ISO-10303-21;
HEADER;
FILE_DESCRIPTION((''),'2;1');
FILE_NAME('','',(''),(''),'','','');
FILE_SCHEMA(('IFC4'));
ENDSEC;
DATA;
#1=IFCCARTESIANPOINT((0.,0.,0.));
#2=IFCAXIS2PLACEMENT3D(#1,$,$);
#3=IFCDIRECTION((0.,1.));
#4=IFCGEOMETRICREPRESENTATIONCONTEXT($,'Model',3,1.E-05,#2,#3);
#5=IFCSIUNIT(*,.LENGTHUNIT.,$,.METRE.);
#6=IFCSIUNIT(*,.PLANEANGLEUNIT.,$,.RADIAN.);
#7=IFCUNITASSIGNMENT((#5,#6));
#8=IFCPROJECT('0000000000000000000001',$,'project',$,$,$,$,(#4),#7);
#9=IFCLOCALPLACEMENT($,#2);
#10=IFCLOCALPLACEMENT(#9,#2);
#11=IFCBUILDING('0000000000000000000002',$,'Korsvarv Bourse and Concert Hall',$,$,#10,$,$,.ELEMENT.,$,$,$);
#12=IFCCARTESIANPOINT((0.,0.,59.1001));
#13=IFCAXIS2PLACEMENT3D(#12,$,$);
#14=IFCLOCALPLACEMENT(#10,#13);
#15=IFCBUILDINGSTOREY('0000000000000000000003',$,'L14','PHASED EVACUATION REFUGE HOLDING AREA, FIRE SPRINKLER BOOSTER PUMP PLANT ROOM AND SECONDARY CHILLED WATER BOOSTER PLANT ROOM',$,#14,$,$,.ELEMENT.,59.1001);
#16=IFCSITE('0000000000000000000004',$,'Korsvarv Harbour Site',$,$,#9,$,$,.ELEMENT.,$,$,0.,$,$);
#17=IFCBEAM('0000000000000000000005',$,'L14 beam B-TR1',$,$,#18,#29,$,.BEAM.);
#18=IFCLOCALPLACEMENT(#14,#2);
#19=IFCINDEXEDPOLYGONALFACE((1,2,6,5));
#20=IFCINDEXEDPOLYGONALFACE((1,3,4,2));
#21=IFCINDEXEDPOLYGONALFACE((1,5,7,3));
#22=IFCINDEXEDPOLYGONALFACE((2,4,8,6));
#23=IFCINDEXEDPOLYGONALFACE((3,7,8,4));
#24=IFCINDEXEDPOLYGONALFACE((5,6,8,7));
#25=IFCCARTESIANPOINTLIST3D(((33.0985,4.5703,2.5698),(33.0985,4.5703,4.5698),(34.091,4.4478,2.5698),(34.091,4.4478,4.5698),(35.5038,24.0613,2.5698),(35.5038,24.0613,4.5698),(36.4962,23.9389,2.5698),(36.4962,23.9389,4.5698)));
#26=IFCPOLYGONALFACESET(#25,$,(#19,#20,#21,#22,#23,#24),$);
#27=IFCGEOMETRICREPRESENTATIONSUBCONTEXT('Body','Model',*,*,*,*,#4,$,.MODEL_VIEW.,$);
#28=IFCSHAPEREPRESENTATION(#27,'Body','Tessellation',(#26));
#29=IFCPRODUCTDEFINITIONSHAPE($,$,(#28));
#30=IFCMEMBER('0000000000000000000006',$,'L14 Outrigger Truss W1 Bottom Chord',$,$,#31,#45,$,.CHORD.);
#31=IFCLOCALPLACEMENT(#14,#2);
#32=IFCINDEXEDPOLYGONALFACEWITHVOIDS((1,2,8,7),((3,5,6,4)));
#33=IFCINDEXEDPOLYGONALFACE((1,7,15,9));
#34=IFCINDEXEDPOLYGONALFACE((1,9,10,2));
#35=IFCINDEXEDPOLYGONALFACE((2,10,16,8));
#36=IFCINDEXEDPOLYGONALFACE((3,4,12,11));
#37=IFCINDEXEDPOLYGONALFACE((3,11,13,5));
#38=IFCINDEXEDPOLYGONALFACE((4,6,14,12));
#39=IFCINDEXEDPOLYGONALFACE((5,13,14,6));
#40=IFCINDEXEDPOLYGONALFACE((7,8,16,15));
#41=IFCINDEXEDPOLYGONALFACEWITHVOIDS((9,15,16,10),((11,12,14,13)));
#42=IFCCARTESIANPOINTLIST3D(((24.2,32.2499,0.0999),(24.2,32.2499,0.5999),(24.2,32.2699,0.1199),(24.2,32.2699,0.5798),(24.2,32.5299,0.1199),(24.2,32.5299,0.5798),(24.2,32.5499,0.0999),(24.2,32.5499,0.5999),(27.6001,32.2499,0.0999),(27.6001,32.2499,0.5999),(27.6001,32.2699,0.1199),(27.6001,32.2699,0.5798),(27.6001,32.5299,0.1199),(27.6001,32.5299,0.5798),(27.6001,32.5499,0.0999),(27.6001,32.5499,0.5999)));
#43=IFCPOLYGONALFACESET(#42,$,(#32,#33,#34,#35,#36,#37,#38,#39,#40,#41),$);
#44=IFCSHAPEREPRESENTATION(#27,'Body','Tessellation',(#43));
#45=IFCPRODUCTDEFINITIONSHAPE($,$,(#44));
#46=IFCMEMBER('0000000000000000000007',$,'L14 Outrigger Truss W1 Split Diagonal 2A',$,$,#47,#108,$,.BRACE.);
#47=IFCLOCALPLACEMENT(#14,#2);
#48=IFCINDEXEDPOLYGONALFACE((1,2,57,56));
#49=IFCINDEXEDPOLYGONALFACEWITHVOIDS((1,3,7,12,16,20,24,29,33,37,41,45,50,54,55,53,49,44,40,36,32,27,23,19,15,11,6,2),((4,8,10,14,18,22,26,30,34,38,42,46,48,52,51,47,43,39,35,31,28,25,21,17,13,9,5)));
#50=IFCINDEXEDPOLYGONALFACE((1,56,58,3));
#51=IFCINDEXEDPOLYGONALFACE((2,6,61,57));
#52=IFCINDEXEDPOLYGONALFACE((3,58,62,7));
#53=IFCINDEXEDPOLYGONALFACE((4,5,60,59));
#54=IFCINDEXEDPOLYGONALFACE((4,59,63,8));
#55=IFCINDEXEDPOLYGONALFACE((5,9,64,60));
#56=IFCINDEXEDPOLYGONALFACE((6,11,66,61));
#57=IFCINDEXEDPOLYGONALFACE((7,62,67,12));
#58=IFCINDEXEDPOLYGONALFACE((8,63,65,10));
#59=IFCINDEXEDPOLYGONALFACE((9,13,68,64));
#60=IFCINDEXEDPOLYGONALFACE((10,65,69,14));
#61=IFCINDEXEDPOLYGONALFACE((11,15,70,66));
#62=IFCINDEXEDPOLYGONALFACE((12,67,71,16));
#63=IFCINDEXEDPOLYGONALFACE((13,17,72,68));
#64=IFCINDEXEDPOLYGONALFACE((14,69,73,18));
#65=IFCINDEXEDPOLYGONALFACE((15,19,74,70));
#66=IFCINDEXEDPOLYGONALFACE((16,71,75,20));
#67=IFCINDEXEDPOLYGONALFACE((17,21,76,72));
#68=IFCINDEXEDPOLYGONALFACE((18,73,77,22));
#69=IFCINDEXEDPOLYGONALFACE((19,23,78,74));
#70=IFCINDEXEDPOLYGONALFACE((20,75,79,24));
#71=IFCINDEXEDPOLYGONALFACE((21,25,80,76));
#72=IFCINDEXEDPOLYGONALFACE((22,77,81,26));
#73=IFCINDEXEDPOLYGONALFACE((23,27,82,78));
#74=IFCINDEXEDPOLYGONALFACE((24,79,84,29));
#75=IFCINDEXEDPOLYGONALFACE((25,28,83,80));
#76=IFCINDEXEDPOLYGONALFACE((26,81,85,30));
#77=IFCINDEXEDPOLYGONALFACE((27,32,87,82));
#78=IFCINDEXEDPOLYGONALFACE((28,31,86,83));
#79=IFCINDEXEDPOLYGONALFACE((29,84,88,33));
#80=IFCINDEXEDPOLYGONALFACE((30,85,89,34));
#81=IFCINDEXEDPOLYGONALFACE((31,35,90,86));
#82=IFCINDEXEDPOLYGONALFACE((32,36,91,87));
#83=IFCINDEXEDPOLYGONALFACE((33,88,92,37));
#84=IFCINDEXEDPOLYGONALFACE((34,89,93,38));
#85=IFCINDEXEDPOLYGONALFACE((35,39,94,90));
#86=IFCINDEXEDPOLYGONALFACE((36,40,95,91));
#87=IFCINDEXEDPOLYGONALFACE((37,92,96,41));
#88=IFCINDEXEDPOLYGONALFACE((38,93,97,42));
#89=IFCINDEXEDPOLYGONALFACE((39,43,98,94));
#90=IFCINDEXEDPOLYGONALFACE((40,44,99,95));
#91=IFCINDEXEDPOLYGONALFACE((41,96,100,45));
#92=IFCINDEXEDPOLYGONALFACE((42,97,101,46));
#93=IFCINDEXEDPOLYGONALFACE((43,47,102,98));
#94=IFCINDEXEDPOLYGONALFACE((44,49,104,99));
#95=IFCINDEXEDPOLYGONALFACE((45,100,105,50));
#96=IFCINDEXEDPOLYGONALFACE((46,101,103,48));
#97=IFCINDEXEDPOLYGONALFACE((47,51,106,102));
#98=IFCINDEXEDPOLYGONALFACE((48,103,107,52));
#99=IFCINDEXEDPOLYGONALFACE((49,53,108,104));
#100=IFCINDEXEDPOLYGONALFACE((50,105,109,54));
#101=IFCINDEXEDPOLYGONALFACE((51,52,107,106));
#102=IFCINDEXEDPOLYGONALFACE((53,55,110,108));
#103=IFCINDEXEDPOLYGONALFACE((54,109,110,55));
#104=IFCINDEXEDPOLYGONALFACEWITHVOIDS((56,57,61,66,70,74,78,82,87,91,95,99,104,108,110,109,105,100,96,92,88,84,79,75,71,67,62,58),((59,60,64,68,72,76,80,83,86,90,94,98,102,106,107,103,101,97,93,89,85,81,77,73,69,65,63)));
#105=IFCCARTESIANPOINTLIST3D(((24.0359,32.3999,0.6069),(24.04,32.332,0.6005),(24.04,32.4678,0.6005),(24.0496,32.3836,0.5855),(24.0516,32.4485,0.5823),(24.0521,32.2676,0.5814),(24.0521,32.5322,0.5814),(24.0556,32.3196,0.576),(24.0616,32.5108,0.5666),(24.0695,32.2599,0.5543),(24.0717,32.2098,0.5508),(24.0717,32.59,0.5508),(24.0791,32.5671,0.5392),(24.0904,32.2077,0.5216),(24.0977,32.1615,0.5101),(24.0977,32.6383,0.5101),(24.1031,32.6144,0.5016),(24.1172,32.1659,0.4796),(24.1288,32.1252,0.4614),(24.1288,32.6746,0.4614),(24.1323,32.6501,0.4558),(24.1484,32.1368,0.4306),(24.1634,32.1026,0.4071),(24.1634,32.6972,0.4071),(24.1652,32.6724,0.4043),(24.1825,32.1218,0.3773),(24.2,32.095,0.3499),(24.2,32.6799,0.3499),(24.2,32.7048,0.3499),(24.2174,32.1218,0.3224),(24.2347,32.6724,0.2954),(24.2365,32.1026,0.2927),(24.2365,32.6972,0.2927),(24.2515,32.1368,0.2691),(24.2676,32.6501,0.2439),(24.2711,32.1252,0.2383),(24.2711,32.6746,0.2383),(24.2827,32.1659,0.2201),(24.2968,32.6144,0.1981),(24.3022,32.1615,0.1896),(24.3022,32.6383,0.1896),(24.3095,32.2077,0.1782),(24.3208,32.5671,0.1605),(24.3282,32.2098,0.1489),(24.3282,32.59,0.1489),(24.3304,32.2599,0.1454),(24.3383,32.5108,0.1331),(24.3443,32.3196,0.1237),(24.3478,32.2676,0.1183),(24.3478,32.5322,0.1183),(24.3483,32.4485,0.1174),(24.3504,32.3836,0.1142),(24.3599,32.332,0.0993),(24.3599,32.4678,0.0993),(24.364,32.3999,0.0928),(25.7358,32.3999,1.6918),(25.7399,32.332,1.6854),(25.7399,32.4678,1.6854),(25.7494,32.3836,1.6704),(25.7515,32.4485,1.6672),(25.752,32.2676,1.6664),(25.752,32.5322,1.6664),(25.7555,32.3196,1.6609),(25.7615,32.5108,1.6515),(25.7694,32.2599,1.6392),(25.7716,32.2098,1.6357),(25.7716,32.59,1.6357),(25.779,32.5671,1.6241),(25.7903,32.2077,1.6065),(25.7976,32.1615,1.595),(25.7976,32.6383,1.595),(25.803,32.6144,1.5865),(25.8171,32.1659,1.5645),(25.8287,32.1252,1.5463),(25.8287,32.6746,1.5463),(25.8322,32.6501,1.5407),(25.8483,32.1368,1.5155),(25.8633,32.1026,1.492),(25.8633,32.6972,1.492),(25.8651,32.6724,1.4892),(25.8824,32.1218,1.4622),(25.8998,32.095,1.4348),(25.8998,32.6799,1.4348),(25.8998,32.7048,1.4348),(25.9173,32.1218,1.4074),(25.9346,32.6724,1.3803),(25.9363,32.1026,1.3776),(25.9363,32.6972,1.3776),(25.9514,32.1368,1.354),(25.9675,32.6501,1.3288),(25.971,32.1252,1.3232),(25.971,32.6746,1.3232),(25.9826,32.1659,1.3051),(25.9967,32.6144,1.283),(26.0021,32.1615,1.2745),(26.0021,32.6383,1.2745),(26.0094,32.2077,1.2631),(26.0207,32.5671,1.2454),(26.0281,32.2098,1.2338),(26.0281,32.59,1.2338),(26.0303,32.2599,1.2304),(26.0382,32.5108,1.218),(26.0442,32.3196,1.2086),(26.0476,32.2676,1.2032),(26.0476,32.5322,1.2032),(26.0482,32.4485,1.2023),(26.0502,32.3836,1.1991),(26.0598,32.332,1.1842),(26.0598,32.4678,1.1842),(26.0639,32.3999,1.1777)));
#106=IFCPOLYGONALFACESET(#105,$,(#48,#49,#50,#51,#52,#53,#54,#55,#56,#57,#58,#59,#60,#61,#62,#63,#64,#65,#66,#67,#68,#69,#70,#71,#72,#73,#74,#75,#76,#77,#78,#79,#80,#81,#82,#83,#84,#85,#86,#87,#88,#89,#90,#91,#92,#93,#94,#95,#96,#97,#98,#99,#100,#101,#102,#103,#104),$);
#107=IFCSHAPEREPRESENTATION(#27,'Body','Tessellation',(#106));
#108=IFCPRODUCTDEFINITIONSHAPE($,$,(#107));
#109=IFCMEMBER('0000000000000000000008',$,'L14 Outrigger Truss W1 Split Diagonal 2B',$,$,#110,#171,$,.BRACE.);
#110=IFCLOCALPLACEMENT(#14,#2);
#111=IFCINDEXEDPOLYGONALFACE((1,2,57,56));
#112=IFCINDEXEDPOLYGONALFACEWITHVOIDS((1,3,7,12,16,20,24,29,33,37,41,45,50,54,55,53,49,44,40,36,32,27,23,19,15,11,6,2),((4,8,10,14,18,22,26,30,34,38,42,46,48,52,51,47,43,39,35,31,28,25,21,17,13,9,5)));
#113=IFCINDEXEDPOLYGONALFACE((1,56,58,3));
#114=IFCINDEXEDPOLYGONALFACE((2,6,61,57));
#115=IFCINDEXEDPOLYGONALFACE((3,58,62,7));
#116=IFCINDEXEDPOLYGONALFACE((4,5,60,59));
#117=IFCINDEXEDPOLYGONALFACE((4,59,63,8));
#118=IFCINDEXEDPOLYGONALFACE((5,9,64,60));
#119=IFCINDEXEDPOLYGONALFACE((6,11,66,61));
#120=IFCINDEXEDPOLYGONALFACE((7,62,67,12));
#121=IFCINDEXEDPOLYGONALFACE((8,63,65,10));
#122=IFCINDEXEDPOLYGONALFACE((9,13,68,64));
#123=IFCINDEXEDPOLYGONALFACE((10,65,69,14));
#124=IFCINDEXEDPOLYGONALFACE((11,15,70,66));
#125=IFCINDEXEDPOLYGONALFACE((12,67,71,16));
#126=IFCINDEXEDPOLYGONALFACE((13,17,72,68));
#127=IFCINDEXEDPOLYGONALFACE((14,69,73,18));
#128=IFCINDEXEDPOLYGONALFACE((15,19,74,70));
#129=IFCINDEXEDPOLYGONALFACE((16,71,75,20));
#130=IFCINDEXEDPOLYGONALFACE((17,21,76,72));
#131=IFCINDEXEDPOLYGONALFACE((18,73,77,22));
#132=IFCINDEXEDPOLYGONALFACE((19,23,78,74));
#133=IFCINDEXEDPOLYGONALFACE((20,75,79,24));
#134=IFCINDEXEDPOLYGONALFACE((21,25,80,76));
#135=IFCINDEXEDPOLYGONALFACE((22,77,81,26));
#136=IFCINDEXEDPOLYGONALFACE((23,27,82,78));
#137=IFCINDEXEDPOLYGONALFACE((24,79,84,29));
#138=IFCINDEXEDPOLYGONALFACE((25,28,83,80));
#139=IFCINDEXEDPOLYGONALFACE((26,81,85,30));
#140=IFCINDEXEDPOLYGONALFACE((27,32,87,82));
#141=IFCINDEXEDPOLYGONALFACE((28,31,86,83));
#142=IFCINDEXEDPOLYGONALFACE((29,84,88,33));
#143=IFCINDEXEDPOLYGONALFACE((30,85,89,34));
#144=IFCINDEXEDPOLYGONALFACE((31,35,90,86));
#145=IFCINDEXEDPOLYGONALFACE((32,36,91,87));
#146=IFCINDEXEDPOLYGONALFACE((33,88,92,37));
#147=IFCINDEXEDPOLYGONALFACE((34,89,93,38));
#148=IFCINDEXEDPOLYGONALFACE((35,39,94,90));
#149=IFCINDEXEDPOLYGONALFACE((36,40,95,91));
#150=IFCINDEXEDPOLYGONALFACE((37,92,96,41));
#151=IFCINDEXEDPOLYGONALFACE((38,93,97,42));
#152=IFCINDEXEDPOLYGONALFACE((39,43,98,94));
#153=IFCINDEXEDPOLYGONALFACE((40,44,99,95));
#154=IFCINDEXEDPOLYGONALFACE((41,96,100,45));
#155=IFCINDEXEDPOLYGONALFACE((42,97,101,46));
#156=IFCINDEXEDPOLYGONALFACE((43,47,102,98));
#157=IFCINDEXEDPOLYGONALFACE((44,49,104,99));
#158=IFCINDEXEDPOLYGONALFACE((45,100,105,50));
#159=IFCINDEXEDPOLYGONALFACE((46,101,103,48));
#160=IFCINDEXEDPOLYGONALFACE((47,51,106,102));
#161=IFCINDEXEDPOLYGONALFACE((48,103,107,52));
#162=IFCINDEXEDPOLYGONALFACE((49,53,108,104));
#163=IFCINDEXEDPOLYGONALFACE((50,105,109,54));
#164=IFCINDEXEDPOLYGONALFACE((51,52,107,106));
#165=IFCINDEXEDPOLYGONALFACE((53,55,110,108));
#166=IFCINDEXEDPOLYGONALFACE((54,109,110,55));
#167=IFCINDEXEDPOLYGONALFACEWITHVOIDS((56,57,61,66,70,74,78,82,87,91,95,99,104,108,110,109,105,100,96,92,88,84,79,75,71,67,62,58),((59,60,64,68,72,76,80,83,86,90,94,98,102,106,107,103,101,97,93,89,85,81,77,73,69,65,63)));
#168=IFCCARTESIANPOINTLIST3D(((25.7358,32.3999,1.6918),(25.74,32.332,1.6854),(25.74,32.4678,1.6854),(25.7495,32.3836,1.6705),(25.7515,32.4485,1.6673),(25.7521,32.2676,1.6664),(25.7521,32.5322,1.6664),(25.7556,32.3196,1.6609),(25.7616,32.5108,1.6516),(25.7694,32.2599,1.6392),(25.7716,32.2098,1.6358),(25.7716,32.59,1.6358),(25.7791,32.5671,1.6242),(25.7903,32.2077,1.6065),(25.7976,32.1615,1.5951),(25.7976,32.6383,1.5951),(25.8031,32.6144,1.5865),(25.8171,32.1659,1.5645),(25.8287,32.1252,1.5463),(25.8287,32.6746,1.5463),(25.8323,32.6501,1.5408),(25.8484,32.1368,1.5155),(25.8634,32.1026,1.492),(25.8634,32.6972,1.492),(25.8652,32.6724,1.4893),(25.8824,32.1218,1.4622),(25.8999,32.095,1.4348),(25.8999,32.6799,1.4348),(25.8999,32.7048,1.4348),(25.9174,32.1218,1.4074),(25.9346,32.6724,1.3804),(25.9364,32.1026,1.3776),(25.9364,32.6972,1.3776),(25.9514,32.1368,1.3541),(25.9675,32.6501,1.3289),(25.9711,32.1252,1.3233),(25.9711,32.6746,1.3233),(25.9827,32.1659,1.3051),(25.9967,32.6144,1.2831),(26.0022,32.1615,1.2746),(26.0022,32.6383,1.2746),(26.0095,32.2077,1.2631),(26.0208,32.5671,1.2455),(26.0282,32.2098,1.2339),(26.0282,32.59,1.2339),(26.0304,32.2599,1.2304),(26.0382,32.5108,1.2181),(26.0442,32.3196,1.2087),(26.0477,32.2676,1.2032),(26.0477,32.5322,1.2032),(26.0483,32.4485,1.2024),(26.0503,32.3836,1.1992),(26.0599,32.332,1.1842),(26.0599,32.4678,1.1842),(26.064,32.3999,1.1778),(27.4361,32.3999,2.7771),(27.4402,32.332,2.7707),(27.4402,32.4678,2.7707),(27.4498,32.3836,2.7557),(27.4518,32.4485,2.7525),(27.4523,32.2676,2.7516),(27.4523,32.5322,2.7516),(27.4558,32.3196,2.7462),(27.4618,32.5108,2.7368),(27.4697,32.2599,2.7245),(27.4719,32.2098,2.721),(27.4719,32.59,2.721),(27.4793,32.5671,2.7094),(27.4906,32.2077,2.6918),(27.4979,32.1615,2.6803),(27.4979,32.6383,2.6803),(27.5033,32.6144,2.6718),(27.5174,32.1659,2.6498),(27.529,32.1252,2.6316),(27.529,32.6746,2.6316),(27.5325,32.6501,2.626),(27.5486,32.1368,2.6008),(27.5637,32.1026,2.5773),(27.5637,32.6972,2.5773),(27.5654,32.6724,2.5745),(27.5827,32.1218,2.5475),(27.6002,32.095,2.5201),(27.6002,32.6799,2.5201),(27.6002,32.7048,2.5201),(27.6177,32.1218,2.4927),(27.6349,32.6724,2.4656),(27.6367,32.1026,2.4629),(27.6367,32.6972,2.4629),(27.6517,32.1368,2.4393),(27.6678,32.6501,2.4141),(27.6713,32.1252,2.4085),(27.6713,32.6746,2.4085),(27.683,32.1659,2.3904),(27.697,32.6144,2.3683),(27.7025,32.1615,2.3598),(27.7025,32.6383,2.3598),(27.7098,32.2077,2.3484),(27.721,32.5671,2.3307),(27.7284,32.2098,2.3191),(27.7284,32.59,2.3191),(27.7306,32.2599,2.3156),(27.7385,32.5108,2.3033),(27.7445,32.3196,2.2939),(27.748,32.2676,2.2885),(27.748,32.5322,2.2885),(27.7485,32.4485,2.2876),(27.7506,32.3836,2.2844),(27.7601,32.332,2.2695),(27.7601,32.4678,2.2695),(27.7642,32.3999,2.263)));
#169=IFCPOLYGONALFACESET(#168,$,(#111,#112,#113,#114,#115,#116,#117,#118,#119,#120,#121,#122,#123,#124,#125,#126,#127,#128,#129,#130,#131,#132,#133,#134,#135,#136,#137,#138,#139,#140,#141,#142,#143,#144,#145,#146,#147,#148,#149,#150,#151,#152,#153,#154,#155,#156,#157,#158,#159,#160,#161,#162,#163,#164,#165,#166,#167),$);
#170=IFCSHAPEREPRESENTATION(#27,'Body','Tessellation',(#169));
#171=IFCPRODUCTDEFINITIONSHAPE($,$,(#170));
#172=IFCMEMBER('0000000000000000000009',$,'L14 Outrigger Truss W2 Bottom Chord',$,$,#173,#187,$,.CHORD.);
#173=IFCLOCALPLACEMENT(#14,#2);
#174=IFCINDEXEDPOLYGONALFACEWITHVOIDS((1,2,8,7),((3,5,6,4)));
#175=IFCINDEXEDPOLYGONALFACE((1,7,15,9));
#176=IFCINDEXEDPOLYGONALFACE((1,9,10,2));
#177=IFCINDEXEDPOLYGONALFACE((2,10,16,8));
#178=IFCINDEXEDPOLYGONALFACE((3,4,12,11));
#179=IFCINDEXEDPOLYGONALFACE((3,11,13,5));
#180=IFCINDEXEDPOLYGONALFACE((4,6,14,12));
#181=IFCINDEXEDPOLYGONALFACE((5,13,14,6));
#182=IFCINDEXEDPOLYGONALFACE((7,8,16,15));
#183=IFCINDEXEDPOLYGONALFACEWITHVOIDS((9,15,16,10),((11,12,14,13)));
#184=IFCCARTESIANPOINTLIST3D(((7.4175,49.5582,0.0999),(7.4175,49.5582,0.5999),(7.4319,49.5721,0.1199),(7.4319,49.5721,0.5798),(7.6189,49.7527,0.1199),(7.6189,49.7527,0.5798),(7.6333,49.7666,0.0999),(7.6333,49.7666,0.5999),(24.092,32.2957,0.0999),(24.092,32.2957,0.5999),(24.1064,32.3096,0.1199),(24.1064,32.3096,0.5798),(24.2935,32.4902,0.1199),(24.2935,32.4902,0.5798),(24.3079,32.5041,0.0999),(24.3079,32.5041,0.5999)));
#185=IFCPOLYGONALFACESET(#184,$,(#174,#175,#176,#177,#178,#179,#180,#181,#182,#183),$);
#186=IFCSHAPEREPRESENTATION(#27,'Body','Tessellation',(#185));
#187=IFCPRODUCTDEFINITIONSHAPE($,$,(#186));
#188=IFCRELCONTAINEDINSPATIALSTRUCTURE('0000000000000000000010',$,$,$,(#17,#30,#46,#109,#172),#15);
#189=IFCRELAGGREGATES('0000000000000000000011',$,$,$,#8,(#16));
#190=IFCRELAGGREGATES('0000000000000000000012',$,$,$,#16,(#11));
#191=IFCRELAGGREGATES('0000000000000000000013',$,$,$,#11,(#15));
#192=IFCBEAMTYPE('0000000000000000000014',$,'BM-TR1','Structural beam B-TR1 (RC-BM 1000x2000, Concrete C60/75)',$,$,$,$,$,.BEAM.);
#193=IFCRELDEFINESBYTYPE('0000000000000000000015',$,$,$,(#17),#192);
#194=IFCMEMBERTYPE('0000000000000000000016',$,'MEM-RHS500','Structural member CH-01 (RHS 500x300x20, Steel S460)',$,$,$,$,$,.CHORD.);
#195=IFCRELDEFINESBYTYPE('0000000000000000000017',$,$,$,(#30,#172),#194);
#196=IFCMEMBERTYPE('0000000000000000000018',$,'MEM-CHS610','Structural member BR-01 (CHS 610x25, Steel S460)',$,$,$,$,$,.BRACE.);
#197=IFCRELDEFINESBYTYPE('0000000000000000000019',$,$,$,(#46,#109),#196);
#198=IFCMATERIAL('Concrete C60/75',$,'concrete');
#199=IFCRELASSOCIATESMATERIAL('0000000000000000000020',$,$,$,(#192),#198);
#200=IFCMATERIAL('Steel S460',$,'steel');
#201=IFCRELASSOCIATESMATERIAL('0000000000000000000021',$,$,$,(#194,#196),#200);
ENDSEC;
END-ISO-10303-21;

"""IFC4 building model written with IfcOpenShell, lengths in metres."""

from ifc_helpers import new_model, si_unit, direction, frame, origin, origin_2d, place, context, subcontext, project, spatial, rectangle, hollow_rectangle, hollow_circle, extrude, source, transform, mapped, material, material_profile, profile_set, type_object, element, save


model = new_model("IFC4")

# Units and contexts
model_context = context("Model", 3, precision=1e-05, world=origin(), true_north=direction((0.0, 1.0)))
body_context = subcontext(model_context, "Body", "Model", "MODEL_VIEW")
ifc_project = project(units=[si_unit("LENGTHUNIT", "METRE"), si_unit("PLANEANGLEUNIT", "RADIAN")], contexts=[model_context])

# Site, building, storey
site_placement = place(None, origin())
site = spatial("IfcSite", under=ifc_project, at=site_placement, Name="Korsvarv Harbour Site", CompositionType="ELEMENT", RefElevation=0.0)
building_placement = place(site_placement, origin())
building = spatial("IfcBuilding", under=site, at=building_placement, Name="Korsvarv Bourse and Concert Hall", CompositionType="ELEMENT")
storey_placement = place(building_placement, frame((0.0, 0.0, 59.1001)))
storey = spatial("IfcBuildingStorey", under=building, at=storey_placement, Name="L14", Description="PHASED EVACUATION REFUGE HOLDING AREA, FIRE SPRINKLER BOOSTER PUMP PLANT ROOM AND SECONDARY CHILLED WATER BOOSTER PLANT ROOM", CompositionType="ELEMENT", Elevation=59.1001)

# Shared definitions
ifc_material_1 = material(Name="Concrete C60/75", Category="concrete")
ifc_material_2 = material(Name="Steel S460", Category="steel")

# Beam
ifc_material_profile_1 = material_profile(ifc_material_1, rectangle(XDim=1.0, YDim=2.0, at=origin_2d()), Name="RC-BM 1000x2000")
ifc_profile_set_1 = profile_set([ifc_material_profile_1], Name="Concrete C60/75")
beam_type = type_object("IfcBeamType", Name="BM-TR1", Description="Structural beam B-TR1 (RC-BM 1000x2000, Concrete C60/75)", PredefinedType="BEAM", material=ifc_profile_set_1)
shared_shape_1 = source(origin(), body_context, "Body", "SweptSolid", [
    extrude(rectangle(XDim=1.0, YDim=2.0, at=origin_2d()), origin(), (0.0, 0.0, 1.0), 19.6389),
])
beam_1_placement = place(storey_placement, frame((33.5947, 4.509, 3.5698), z_axis=(0.122475, 0.992472, 0.0), x_axis=(-0.992472, 0.122475, 0.0)))
element("IfcBeam", 1, at=beam_1_placement, inside=storey, type_object=beam_type, Name="L14 beam B-TR1", PredefinedType="BEAM", context=body_context, shape_type="MappedRepresentation", body=[
    mapped(shared_shape_1, transform((0.0, 0.0, 0.0), scale=1.0)),
])

# Members
ifc_material_profile_2 = material_profile(ifc_material_2, hollow_rectangle(XDim=0.3, YDim=0.5, WallThickness=0.02, at=origin_2d()), Name="RHS 500x300x20")
ifc_profile_set_2 = profile_set([ifc_material_profile_2], Name="Steel S460")
member_type_1 = type_object("IfcMemberType", Name="MEM-RHS500", Description="Structural member CH-01 (RHS 500x300x20, Steel S460)", PredefinedType="CHORD", material=ifc_profile_set_2)
shared_shape_2 = source(origin(), body_context, "Body", "SweptSolid", [
    extrude(hollow_rectangle(XDim=0.3, YDim=0.5, WallThickness=0.02, at=origin_2d()), origin(), (0.0, 0.0, 1.0), 3.4001),
])
member_1_placement = place(storey_placement, frame((27.6001, 32.3999, 0.3499), z_axis=(-1.0, 0.0, 0.0), x_axis=(0.0, -1.0, 0.0)))
element("IfcMember", 2, at=member_1_placement, inside=storey, type_object=member_type_1, Name="L14 Outrigger Truss W1 Bottom Chord", PredefinedType="CHORD", context=body_context, shape_type="MappedRepresentation", body=[
    mapped(shared_shape_2, transform((0.0, 0.0, 0.0), scale=1.0)),
])
ifc_material_profile_3 = material_profile(ifc_material_2, hollow_circle(Radius=0.3049, WallThickness=0.0249, at=origin_2d()), Name="CHS 610x25")
ifc_profile_set_3 = profile_set([ifc_material_profile_3], Name="Steel S460")
member_type_2 = type_object("IfcMemberType", Name="MEM-CHS610", Description="Structural member BR-01 (CHS 610x25, Steel S460)", PredefinedType="BRACE", material=ifc_profile_set_3)
shared_shape_3 = source(origin(), body_context, "Body", "SweptSolid", [
    extrude(hollow_circle(Radius=0.3049, WallThickness=0.0249, at=origin_2d()), origin(), (0.0, 0.0, 1.0), 2.0166),
])
member_2_placement = place(storey_placement, frame((24.2, 32.3999, 0.3499), z_axis=(0.842948, 0.0, 0.537995), x_axis=(0.0, 1.0, 0.0)))
element("IfcMember", 3, at=member_2_placement, inside=storey, type_object=member_type_2, Name="L14 Outrigger Truss W1 Split Diagonal 2A", PredefinedType="BRACE", context=body_context, shape_type="MappedRepresentation", body=[
    mapped(shared_shape_3, transform((0.0, 0.0, 0.0), scale=1.0)),
])
shared_shape_4 = source(origin(), body_context, "Body", "SweptSolid", [
    extrude(hollow_circle(Radius=0.3049, WallThickness=0.0249, at=origin_2d()), origin(), (0.0, 0.0, 1.0), 2.0171),
])
member_3_placement = place(storey_placement, frame((25.8999, 32.3999, 1.4348), z_axis=(0.842928, 0.0, 0.538026), x_axis=(0.0, 1.0, 0.0)))
element("IfcMember", 4, at=member_3_placement, inside=storey, type_object=member_type_2, Name="L14 Outrigger Truss W1 Split Diagonal 2B", PredefinedType="BRACE", context=body_context, shape_type="MappedRepresentation", body=[
    mapped(shared_shape_4, transform((0.0, 0.0, 0.0), scale=1.0)),
])
shared_shape_5 = source(origin(), body_context, "Body", "SweptSolid", [
    extrude(hollow_rectangle(XDim=0.3, YDim=0.5, WallThickness=0.02, at=origin_2d()), origin(), (0.0, 0.0, 1.0), 24.0007),
])
member_4_placement = place(storey_placement, frame((24.2, 32.3999, 0.3499), z_axis=(-0.694753, 0.719248, 0.0), x_axis=(-0.719248, -0.694753, 0.0)))
element("IfcMember", 5, at=member_4_placement, inside=storey, type_object=member_type_1, Name="L14 Outrigger Truss W2 Bottom Chord", PredefinedType="CHORD", context=body_context, shape_type="MappedRepresentation", body=[
    mapped(shared_shape_5, transform((0.0, 0.0, 0.0), scale=1.0)),
])

save(model, "model.ifc")
